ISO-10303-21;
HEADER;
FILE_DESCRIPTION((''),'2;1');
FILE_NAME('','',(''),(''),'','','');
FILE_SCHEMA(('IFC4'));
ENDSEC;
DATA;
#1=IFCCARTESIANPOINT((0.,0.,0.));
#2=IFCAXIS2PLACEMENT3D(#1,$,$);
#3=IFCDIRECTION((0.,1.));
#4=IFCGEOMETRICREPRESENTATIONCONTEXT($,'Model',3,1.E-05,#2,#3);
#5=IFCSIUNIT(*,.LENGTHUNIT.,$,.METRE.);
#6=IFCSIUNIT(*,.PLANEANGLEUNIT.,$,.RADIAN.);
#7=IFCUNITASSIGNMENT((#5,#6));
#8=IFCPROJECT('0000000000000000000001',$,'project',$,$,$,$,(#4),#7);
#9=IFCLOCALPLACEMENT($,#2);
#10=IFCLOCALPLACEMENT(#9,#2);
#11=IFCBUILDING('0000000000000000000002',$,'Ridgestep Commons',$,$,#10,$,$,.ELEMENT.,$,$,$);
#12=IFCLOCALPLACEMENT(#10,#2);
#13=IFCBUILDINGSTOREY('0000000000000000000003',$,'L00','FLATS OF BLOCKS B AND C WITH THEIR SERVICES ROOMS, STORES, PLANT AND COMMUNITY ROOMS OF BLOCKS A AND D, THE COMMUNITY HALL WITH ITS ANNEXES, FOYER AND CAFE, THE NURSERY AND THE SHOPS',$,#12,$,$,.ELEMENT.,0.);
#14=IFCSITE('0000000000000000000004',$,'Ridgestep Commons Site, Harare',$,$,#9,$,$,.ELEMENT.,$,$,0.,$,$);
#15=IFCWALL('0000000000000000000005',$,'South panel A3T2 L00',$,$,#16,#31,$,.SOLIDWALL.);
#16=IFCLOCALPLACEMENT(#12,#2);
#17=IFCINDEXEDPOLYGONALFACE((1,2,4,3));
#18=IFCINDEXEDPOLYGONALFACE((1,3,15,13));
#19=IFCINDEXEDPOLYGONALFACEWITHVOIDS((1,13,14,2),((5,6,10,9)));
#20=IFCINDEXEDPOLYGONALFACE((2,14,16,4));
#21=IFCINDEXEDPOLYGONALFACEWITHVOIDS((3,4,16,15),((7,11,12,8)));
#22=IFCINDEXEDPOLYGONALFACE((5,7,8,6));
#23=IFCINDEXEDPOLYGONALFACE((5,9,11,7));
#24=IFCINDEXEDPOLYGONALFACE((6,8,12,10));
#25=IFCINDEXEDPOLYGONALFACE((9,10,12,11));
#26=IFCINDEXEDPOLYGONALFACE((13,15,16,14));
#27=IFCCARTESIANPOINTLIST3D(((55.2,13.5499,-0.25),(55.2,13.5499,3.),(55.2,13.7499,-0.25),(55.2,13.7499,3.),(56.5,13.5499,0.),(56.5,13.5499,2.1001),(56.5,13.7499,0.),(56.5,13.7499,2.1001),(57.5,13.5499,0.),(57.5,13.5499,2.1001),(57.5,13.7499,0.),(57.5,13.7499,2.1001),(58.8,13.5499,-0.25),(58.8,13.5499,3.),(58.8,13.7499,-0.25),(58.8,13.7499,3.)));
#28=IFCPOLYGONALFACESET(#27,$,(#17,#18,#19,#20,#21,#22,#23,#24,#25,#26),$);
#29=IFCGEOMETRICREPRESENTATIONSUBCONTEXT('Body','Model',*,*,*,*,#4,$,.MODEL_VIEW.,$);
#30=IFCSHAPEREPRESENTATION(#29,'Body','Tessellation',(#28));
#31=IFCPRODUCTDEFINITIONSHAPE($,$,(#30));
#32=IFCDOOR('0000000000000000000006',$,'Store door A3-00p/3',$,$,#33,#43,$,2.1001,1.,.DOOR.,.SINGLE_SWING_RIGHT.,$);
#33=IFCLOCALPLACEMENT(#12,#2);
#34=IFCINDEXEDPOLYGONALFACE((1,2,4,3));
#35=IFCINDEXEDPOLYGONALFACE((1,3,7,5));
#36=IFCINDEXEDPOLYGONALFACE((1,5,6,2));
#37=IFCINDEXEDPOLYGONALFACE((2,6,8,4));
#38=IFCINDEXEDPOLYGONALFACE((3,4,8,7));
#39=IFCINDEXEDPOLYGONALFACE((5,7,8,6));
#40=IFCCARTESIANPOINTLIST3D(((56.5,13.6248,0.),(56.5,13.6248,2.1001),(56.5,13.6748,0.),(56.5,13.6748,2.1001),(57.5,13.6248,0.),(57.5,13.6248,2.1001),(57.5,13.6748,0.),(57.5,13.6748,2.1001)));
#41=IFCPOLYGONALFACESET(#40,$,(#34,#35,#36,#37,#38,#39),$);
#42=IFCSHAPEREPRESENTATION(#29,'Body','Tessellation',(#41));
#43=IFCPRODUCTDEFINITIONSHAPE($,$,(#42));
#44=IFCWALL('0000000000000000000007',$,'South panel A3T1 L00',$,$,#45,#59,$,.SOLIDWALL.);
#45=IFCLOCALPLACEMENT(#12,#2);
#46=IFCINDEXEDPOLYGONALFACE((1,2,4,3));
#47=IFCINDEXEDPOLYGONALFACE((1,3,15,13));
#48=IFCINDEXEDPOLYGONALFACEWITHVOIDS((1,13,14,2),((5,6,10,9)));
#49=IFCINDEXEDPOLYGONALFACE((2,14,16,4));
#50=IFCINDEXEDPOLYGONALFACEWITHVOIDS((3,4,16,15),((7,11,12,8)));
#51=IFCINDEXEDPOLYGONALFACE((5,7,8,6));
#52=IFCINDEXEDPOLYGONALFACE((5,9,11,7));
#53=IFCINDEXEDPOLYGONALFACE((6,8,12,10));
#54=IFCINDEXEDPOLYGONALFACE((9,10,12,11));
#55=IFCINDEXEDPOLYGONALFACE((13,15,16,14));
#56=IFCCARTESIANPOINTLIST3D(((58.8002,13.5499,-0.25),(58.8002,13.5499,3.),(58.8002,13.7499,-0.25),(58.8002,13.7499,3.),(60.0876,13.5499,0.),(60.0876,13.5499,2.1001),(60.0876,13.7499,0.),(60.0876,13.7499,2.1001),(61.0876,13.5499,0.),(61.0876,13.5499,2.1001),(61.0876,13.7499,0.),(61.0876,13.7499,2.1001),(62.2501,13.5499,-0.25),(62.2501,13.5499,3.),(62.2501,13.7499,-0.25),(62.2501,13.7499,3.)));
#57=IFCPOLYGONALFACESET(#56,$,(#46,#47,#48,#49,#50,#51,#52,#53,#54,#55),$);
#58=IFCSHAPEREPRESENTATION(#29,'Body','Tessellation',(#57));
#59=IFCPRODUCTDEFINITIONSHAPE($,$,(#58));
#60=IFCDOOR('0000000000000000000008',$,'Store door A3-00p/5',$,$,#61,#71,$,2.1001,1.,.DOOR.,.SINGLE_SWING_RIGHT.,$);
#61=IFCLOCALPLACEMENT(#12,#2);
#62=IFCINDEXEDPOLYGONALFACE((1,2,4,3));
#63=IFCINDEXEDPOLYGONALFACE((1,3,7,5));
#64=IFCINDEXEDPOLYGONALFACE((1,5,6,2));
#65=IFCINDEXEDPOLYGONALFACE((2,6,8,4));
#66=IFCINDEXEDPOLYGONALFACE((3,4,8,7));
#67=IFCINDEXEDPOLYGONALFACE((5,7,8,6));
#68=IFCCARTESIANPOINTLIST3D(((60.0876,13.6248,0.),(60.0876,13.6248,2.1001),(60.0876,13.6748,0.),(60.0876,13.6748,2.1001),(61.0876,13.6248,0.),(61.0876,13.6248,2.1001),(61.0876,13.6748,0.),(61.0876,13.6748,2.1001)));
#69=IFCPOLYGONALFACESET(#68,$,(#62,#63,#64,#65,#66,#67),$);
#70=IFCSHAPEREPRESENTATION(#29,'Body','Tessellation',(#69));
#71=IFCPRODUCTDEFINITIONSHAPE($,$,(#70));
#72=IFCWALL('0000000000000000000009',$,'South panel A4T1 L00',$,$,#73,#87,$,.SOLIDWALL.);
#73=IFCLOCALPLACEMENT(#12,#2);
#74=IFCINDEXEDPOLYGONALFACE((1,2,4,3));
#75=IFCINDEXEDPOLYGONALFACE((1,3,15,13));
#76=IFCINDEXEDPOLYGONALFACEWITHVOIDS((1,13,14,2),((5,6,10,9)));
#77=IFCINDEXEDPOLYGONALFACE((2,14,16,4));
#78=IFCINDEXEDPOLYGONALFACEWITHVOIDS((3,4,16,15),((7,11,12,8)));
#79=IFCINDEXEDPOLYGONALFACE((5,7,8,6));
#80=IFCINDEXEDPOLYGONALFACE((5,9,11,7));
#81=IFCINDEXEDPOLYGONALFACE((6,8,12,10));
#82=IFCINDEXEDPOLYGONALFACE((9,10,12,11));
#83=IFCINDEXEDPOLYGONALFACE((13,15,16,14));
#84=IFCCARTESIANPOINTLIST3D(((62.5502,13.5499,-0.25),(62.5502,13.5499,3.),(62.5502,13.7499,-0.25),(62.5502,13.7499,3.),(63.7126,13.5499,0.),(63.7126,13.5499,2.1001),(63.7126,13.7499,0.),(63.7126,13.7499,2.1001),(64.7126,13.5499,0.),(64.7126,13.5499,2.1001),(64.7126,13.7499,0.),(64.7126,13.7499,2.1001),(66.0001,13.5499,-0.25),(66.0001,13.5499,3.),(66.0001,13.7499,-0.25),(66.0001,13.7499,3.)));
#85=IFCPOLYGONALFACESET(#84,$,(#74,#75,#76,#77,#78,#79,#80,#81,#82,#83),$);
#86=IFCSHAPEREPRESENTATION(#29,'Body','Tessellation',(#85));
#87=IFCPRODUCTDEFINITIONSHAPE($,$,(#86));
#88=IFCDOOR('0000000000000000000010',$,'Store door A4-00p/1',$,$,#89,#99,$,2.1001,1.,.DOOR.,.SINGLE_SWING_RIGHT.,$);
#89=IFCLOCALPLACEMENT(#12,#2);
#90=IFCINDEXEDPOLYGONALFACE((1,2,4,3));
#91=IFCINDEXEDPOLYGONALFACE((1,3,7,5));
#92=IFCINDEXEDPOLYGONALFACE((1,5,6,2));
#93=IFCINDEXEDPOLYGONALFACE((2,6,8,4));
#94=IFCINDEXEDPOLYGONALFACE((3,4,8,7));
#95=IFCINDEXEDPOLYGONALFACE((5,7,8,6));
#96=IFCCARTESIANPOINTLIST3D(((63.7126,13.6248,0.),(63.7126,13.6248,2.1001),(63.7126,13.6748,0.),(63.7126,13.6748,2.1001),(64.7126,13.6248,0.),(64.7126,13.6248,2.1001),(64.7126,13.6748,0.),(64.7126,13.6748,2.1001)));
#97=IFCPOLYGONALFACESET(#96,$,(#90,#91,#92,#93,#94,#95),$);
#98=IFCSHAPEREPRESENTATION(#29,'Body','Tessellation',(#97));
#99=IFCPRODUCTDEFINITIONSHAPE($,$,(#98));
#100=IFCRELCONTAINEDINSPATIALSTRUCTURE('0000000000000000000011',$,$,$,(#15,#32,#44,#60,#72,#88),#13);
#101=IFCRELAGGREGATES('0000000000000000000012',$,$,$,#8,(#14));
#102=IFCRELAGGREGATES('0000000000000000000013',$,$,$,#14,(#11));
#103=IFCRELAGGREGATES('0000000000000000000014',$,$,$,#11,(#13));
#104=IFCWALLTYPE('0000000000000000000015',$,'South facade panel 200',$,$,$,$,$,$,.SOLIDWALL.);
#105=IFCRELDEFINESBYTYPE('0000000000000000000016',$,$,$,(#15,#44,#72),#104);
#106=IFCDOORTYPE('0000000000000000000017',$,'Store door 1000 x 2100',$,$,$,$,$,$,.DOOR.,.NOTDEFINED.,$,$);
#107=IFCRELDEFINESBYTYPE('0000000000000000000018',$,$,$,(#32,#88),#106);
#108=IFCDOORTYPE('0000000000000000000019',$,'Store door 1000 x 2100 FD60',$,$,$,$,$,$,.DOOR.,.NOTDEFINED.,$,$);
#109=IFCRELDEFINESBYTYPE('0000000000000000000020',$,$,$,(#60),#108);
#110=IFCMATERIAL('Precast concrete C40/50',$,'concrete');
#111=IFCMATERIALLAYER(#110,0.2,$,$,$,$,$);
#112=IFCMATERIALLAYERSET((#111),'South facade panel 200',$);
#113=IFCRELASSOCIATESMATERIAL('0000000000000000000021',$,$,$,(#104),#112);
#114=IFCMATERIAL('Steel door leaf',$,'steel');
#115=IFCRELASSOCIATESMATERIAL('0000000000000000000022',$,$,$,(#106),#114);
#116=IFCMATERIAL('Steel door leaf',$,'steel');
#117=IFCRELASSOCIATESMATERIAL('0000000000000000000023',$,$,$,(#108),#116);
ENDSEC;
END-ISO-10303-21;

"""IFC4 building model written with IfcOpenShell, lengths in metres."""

from ifc_helpers import new_model, si_unit, direction, frame, frame_2d, origin, place, context, subcontext, project, spatial, rectangle, extrude, material, layer, layer_set, type_object, element, fill, save


model = new_model("IFC4")

# Units and contexts
model_context = context("Model", 3, precision=1e-05, world=origin(), true_north=direction((0.0, 1.0)))
body_context = subcontext(model_context, "Body", "Model", "MODEL_VIEW")
ifc_project = project(units=[si_unit("LENGTHUNIT", "METRE"), si_unit("PLANEANGLEUNIT", "RADIAN")], contexts=[model_context])

# Site, building, storey
site_placement = place(None, origin())
site = spatial("IfcSite", under=ifc_project, at=site_placement, Name="Ridgestep Commons Site, Harare", CompositionType="ELEMENT", RefElevation=0.0)
building_placement = place(site_placement, origin())
building = spatial("IfcBuilding", under=site, at=building_placement, Name="Ridgestep Commons", CompositionType="ELEMENT")
storey_placement = place(building_placement, origin())
storey = spatial("IfcBuildingStorey", under=building, at=storey_placement, Name="L00", Description="FLATS OF BLOCKS B AND C WITH THEIR SERVICES ROOMS, STORES, PLANT AND COMMUNITY ROOMS OF BLOCKS A AND D, THE COMMUNITY HALL WITH ITS ANNEXES, FOYER AND CAFE, THE NURSERY AND THE SHOPS", CompositionType="ELEMENT", Elevation=0.0)

# Walls, openings, doors
ifc_material_1 = material(Name="Precast concrete C40/50", Category="concrete")
ifc_layer_1 = layer(ifc_material_1, 0.2)
ifc_layer_set_1 = layer_set([ifc_layer_1], Name="South facade panel 200")
wall_type_1 = type_object("IfcWallType", Name="South facade panel 200", PredefinedType="SOLIDWALL", material=ifc_layer_set_1)
ifc_material_2 = material(Name="Steel door leaf", Category="steel")
door_type_1 = type_object("IfcDoorType", Name="Store door 1000 x 2100", OperationType="NOTDEFINED", PredefinedType="DOOR", material=ifc_material_2)
wall_1_placement = place(storey_placement, frame((55.2, 13.6499, -0.25), z_axis=(0.0, 0.0, 1.0), x_axis=(1.0, 0.0, 0.0)))
wall_1 = element("IfcWall", 1, at=wall_1_placement, inside=storey, type_object=wall_type_1, Name="South panel A3T2 L00", PredefinedType="SOLIDWALL", context=body_context, shape_type="SweptSolid", body=[
    extrude(rectangle(XDim=3.6001, YDim=0.2, at=frame_2d((1.8, 0.0))), origin(), (0.0, 0.0, 1.0), 3.25),
])
opening_1_placement = place(wall_1_placement, frame((1.3, 0.0, 0.25)))
opening_1 = element("IfcOpeningElement", 2, at=opening_1_placement, cuts=wall_1, PredefinedType="OPENING", context=body_context, shape_type="SweptSolid", body=[
    extrude(rectangle(XDim=1.0, YDim=2.1001, at=frame_2d((0.5, 1.05))), frame((0.0, 0.1099, 0.0), z_axis=(0.0, -1.0, 0.0), x_axis=(1.0, 0.0, 0.0)), (0.0, 0.0, 1.0), 0.22),
])
door_1_placement = place(opening_1_placement, origin())
door_1 = element("IfcDoor", 3, at=door_1_placement, inside=storey, type_object=door_type_1, Name="Store door A3-00p/3", OperationType="SINGLE_SWING_RIGHT", OverallHeight=2.1001, OverallWidth=1.0, PredefinedType="DOOR", context=body_context, shape_type="SweptSolid", body=[
    extrude(rectangle(XDim=1.0, YDim=2.1001, at=frame_2d((0.5, 1.05))), frame((0.0, 0.0249, 0.0), z_axis=(0.0, -1.0, 0.0), x_axis=(1.0, 0.0, 0.0)), (0.0, 0.0, 1.0), 0.05),
])
fill(opening_1, door_1)
wall_2_placement = place(storey_placement, frame((58.8, 13.6499, -0.25), z_axis=(0.0, 0.0, 1.0), x_axis=(1.0, 0.0, 0.0)))
wall_2 = element("IfcWall", 4, at=wall_2_placement, inside=storey, type_object=wall_type_1, Name="South panel A3T1 L00", PredefinedType="SOLIDWALL", context=body_context, shape_type="SweptSolid", body=[
    extrude(rectangle(XDim=3.45, YDim=0.2, at=frame_2d((1.7251, 0.0))), origin(), (0.0, 0.0, 1.0), 3.25),
])
opening_2_placement = place(wall_2_placement, frame((1.2876, 0.0, 0.25)))
opening_2 = element("IfcOpeningElement", 5, at=opening_2_placement, cuts=wall_2, PredefinedType="OPENING", context=body_context, shape_type="SweptSolid", body=[
    extrude(rectangle(XDim=1.0, YDim=2.1001, at=frame_2d((0.5, 1.05))), frame((0.0, 0.1099, 0.0), z_axis=(0.0, -1.0, 0.0), x_axis=(1.0, 0.0, 0.0)), (0.0, 0.0, 1.0), 0.22),
])
ifc_material_3 = material(Name="Steel door leaf", Category="steel")
door_type_2 = type_object("IfcDoorType", Name="Store door 1000 x 2100 FD60", OperationType="NOTDEFINED", PredefinedType="DOOR", material=ifc_material_3)
door_2_placement = place(opening_2_placement, origin())
door_2 = element("IfcDoor", 6, at=door_2_placement, inside=storey, type_object=door_type_2, Name="Store door A3-00p/5", OperationType="SINGLE_SWING_RIGHT", OverallHeight=2.1001, OverallWidth=1.0, PredefinedType="DOOR", context=body_context, shape_type="SweptSolid", body=[
    extrude(rectangle(XDim=1.0, YDim=2.1001, at=frame_2d((0.5, 1.05))), frame((0.0, 0.0249, 0.0), z_axis=(0.0, -1.0, 0.0), x_axis=(1.0, 0.0, 0.0)), (0.0, 0.0, 1.0), 0.05),
])
fill(opening_2, door_2)
wall_3_placement = place(storey_placement, frame((62.55, 13.6499, -0.25), z_axis=(0.0, 0.0, 1.0), x_axis=(1.0, 0.0, 0.0)))
wall_3 = element("IfcWall", 7, at=wall_3_placement, inside=storey, type_object=wall_type_1, Name="South panel A4T1 L00", PredefinedType="SOLIDWALL", context=body_context, shape_type="SweptSolid", body=[
    extrude(rectangle(XDim=3.45, YDim=0.2, at=frame_2d((1.7251, 0.0))), origin(), (0.0, 0.0, 1.0), 3.25),
])
opening_3_placement = place(wall_3_placement, frame((1.1626, 0.0, 0.25)))
opening_3 = element("IfcOpeningElement", 8, at=opening_3_placement, cuts=wall_3, PredefinedType="OPENING", context=body_context, shape_type="SweptSolid", body=[
    extrude(rectangle(XDim=1.0, YDim=2.1001, at=frame_2d((0.5, 1.05))), frame((0.0, 0.1099, 0.0), z_axis=(0.0, -1.0, 0.0), x_axis=(1.0, 0.0, 0.0)), (0.0, 0.0, 1.0), 0.22),
])
door_3_placement = place(opening_3_placement, origin())
door_3 = element("IfcDoor", 9, at=door_3_placement, inside=storey, type_object=door_type_1, Name="Store door A4-00p/1", OperationType="SINGLE_SWING_RIGHT", OverallHeight=2.1001, OverallWidth=1.0, PredefinedType="DOOR", context=body_context, shape_type="SweptSolid", body=[
    extrude(rectangle(XDim=1.0, YDim=2.1001, at=frame_2d((0.5, 1.05))), frame((0.0, 0.0249, 0.0), z_axis=(0.0, -1.0, 0.0), x_axis=(1.0, 0.0, 0.0)), (0.0, 0.0, 1.0), 0.05),
])
fill(opening_3, door_3)

save(model, "model.ifc")
